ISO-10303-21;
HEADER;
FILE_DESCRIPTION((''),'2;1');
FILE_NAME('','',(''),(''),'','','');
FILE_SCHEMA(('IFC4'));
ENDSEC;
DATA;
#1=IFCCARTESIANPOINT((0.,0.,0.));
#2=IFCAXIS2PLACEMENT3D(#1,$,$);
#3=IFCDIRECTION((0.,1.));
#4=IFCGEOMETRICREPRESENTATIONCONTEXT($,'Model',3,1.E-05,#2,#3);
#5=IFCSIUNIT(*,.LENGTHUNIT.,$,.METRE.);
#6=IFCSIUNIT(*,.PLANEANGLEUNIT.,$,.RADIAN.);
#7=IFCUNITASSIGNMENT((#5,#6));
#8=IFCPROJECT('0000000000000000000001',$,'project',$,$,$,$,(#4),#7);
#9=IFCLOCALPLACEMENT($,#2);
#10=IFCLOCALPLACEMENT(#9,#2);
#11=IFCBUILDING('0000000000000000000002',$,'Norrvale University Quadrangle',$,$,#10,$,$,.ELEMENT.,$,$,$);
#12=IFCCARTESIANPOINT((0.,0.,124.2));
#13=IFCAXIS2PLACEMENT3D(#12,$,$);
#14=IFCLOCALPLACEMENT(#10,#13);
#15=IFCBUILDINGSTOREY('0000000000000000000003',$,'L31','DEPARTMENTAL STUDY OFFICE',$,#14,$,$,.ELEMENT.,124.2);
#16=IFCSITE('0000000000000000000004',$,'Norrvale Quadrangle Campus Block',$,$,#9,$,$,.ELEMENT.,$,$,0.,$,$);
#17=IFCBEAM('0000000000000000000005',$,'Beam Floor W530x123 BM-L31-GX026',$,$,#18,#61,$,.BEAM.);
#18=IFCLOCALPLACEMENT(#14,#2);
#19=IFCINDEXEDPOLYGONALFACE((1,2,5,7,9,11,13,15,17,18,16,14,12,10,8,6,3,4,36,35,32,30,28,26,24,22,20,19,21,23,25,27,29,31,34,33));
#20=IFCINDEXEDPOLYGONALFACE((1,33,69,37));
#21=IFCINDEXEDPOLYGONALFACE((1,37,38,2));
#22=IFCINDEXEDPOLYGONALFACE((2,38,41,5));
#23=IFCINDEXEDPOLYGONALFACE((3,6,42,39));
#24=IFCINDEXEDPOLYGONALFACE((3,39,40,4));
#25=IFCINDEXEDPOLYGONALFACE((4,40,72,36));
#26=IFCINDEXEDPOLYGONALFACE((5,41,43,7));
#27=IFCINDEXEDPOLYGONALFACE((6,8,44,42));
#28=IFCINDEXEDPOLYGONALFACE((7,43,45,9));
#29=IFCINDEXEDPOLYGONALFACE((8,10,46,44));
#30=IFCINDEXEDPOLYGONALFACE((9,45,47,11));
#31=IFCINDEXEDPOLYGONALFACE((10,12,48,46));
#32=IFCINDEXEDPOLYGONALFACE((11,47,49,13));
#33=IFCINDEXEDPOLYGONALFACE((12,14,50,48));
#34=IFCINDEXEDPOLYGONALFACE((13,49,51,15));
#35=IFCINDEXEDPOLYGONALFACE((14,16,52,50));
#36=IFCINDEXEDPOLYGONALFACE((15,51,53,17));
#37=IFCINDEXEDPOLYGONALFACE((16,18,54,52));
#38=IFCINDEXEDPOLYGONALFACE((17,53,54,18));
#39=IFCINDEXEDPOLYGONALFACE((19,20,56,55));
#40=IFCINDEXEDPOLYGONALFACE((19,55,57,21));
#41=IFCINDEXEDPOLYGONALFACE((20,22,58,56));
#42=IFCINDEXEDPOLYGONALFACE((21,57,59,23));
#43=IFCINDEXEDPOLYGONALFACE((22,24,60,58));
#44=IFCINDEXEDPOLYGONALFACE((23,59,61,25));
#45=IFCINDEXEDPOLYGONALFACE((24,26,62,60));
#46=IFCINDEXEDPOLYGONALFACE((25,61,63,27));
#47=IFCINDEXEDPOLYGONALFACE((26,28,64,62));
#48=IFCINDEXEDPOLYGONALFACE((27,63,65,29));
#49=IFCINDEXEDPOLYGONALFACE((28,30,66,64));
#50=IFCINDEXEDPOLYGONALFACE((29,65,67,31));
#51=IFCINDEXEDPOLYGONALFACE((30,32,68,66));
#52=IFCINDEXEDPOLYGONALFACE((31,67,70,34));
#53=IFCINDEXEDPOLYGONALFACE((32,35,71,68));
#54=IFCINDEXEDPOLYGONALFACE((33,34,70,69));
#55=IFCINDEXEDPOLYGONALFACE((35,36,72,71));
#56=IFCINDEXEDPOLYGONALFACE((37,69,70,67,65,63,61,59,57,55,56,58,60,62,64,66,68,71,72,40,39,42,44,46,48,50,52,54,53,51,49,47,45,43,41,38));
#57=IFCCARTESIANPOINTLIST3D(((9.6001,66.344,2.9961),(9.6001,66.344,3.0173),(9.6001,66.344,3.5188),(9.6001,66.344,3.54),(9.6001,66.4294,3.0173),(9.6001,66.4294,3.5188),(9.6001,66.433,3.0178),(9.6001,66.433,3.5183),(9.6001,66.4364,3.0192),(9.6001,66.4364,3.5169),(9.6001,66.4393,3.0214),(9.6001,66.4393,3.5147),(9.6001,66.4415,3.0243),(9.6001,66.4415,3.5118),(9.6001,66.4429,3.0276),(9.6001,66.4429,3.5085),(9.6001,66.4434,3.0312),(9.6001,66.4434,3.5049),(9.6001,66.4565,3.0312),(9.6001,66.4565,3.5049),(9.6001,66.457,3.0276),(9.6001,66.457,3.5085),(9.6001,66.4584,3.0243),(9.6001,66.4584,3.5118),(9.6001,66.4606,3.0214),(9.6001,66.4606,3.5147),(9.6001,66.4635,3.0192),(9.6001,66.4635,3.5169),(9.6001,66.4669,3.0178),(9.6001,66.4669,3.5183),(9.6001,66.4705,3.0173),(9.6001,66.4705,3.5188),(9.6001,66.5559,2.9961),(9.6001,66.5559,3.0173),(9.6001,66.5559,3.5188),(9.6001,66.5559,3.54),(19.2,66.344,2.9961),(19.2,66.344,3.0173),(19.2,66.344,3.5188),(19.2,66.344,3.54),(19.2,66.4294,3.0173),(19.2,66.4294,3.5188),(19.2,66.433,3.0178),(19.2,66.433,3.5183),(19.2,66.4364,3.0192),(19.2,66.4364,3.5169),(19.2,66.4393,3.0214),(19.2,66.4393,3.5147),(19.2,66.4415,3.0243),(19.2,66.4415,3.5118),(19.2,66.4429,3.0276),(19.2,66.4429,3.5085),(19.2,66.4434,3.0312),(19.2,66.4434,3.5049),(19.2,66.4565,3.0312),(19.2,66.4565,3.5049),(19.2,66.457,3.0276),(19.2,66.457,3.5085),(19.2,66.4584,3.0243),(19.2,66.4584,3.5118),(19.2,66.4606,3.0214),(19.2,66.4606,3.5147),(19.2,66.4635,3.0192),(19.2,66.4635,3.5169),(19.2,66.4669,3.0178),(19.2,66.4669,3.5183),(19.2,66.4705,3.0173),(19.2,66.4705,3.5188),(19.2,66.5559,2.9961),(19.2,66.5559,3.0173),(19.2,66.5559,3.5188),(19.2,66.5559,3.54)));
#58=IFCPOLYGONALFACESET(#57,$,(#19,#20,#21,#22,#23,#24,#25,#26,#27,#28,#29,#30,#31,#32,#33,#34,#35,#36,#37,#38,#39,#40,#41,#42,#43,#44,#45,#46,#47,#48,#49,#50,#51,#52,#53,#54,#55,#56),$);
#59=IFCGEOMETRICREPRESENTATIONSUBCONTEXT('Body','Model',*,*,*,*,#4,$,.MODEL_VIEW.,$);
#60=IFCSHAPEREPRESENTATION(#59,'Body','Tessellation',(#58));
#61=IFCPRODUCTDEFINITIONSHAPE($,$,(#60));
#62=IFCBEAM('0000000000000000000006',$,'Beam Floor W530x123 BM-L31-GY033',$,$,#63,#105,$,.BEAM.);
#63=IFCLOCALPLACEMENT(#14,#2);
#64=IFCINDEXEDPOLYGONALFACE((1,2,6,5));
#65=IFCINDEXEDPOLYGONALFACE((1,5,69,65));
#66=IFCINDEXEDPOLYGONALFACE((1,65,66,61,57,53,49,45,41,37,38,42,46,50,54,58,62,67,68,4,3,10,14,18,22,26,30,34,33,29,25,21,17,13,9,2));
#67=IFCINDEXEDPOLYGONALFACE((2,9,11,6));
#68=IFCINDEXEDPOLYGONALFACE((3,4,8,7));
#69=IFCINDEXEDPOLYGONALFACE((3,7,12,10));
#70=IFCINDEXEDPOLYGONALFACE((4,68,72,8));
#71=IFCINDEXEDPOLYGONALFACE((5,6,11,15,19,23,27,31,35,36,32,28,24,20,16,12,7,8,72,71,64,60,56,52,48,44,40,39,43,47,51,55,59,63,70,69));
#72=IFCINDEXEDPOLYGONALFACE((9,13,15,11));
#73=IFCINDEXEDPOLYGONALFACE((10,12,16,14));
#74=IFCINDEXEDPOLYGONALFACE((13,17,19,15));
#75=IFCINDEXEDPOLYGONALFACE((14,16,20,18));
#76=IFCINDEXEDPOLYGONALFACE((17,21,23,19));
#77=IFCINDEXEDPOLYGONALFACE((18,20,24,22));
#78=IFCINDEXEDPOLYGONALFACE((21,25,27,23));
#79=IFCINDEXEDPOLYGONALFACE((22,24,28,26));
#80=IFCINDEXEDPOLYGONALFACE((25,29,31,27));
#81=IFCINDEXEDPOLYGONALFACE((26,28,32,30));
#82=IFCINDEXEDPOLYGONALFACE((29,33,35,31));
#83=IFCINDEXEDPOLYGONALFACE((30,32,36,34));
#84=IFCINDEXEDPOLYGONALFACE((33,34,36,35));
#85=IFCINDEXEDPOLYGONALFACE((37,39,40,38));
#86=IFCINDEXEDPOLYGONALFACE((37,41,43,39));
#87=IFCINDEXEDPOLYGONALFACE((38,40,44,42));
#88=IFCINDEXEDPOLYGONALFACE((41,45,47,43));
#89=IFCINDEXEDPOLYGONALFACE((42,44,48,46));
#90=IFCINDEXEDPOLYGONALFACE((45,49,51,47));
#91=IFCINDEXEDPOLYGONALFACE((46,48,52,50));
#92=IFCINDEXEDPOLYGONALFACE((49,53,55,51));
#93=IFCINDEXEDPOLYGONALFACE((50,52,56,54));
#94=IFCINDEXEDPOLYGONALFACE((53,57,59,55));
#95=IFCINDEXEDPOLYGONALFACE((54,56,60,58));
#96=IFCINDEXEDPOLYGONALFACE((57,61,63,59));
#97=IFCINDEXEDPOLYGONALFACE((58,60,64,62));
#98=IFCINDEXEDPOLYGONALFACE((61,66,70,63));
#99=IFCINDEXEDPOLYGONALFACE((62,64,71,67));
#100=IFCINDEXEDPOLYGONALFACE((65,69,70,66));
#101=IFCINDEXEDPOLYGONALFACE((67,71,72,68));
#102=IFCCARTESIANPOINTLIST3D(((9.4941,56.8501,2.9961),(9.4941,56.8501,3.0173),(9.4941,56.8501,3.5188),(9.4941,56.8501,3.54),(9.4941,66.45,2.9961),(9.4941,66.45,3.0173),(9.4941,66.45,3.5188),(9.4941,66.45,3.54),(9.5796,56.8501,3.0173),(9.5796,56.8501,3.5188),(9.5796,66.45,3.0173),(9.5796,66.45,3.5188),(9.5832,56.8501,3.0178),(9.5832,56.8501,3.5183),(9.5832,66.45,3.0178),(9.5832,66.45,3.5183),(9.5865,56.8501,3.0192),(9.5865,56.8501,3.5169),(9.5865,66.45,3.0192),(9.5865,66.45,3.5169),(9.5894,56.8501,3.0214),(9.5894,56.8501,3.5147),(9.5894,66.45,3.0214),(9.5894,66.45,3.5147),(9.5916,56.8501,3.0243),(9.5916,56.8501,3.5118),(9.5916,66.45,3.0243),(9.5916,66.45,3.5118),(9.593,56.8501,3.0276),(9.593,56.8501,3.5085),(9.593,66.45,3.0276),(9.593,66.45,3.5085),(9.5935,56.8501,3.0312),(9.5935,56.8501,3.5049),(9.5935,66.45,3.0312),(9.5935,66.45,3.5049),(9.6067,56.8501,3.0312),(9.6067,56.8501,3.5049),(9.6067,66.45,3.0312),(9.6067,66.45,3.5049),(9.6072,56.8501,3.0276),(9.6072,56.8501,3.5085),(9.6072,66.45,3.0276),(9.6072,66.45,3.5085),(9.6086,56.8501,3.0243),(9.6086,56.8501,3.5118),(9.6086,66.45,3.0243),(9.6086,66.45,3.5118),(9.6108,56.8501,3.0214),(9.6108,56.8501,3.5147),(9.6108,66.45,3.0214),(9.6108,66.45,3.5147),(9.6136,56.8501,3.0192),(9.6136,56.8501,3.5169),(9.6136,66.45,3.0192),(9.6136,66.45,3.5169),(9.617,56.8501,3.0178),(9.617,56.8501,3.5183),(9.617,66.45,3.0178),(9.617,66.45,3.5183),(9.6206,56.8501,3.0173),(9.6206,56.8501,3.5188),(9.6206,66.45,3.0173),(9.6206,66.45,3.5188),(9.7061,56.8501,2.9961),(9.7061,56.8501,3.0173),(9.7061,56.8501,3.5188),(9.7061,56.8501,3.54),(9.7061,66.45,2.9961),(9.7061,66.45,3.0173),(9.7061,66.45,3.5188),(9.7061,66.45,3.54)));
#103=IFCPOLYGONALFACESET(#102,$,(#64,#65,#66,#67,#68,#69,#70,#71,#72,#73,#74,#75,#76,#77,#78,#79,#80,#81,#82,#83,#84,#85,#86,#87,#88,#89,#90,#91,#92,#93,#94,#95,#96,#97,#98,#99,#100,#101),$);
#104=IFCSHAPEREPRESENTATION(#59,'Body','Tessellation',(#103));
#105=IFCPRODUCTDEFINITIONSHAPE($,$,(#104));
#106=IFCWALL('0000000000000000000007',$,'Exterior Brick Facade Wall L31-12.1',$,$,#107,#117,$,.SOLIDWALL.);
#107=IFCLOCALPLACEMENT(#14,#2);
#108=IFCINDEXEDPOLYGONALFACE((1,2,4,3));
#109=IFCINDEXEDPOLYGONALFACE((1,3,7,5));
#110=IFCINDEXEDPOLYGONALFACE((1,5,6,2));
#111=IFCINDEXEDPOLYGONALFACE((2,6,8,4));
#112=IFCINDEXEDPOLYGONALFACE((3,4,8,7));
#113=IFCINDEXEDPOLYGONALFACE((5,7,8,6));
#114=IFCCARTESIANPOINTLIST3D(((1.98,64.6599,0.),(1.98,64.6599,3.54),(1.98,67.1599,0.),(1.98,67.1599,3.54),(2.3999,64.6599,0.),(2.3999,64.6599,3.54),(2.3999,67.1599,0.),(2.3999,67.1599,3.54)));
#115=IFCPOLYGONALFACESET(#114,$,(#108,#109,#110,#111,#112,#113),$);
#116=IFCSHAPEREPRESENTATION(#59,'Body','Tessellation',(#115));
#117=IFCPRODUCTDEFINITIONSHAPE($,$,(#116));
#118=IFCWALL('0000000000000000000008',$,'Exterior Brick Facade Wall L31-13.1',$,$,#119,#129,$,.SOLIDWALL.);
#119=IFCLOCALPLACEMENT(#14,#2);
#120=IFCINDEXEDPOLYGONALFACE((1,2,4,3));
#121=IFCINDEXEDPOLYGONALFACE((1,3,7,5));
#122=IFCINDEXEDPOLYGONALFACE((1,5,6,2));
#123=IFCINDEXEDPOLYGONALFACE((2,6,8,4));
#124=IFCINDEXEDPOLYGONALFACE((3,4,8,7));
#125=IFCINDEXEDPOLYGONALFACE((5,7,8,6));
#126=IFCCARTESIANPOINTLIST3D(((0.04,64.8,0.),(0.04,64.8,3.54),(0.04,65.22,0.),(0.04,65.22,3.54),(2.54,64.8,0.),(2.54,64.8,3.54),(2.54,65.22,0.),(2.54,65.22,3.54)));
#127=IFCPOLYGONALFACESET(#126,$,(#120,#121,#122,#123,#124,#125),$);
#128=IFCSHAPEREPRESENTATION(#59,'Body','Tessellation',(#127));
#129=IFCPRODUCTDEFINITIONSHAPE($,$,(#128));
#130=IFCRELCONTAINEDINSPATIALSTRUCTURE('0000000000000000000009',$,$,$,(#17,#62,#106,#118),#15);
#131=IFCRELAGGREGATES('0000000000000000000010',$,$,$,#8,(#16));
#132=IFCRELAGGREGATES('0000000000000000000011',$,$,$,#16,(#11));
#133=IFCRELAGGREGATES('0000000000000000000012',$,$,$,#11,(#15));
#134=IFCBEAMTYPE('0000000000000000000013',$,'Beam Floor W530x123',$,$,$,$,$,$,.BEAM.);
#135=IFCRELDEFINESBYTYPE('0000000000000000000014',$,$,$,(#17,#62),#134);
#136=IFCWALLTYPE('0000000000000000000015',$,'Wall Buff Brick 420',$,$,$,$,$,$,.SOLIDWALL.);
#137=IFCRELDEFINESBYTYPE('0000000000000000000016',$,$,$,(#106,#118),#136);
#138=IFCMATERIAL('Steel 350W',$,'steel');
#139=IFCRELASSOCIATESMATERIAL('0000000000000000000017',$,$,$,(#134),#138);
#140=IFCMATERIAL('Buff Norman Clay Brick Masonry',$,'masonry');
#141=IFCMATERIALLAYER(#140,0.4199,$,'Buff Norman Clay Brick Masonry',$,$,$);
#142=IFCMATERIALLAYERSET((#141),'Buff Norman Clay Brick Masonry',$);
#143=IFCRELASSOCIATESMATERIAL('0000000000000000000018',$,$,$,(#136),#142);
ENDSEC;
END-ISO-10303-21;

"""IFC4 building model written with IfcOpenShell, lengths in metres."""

from ifc_helpers import new_model, si_unit, direction, frame, frame_2d, origin, origin_2d, place, context, subcontext, project, spatial, rectangle, i_section, extrude, material, layer, layer_set, material_profile, profile_set, type_object, element, save


model = new_model("IFC4")

# Units and contexts
model_context = context("Model", 3, precision=1e-05, world=origin(), true_north=direction((0.0, 1.0)))
body_context = subcontext(model_context, "Body", "Model", "MODEL_VIEW")
ifc_project = project(units=[si_unit("LENGTHUNIT", "METRE"), si_unit("PLANEANGLEUNIT", "RADIAN")], contexts=[model_context])

# Site, building, storey
site_placement = place(None, origin())
site = spatial("IfcSite", under=ifc_project, at=site_placement, Name="Norrvale Quadrangle Campus Block", CompositionType="ELEMENT", RefElevation=0.0)
building_placement = place(site_placement, origin())
building = spatial("IfcBuilding", under=site, at=building_placement, Name="Norrvale University Quadrangle", CompositionType="ELEMENT")
storey_placement = place(building_placement, frame((0.0, 0.0, 124.2)))
storey = spatial("IfcBuildingStorey", under=building, at=storey_placement, Name="L31", Description="DEPARTMENTAL STUDY OFFICE", CompositionType="ELEMENT", Elevation=124.2)

# Beams
ifc_material_1 = material(Name="Steel 350W", Category="steel")
ifc_material_profile_1 = material_profile(ifc_material_1, i_section(OverallWidth=0.2119, OverallDepth=0.5439, WebThickness=0.0132, FlangeThickness=0.0212, FilletRadius=0.0139, at=origin_2d()), Name="Steel 350W")
ifc_profile_set_1 = profile_set([ifc_material_profile_1], Name="Steel 350W")
beam_type_1 = type_object("IfcBeamType", Name="Beam Floor W530x123", PredefinedType="BEAM", material=ifc_profile_set_1)
for number, where, z_axis, x_axis, name in (
    (1, (9.6001, 66.45, 3.2681), (1.0, 0.0, 0.0), (0.0, 1.0, 0.0), "Beam Floor W530x123 BM-L31-GX026"),
    (2, (9.6001, 56.8501, 3.2681), (0.0, 1.0, 0.0), (-1.0, 0.0, 0.0), "Beam Floor W530x123 BM-L31-GY033"),
):
    element("IfcBeam", number, at=place(storey_placement, frame(where, z_axis=z_axis, x_axis=x_axis)), inside=storey, type_object=beam_type_1, Name=name, PredefinedType="BEAM", context=body_context, shape_type="SweptSolid", body=[
        extrude(i_section(OverallWidth=0.2119, OverallDepth=0.5439, WebThickness=0.0132, FlangeThickness=0.0212, FilletRadius=0.0139, at=origin_2d()), origin(), (0.0, 0.0, 1.0), 9.5999),
    ])

# Walls
ifc_material_2 = material(Name="Buff Norman Clay Brick Masonry", Category="masonry")
ifc_layer = layer(ifc_material_2, 0.4199, Name="Buff Norman Clay Brick Masonry")
ifc_layer_set = layer_set([ifc_layer], Name="Buff Norman Clay Brick Masonry")
wall_type = type_object("IfcWallType", Name="Wall Buff Brick 420", PredefinedType="SOLIDWALL", material=ifc_layer_set)
for number, where, z_axis, x_axis, name in (
    (3, (2.1899, 67.1599, 0.0), (0.0, 0.0, 1.0), (0.0, -1.0, 0.0), "Exterior Brick Facade Wall L31-12.1"),
    (4, (2.54, 65.01, 0.0), (0.0, 0.0, 1.0), (-1.0, 0.0, 0.0), "Exterior Brick Facade Wall L31-13.1"),
):
    element("IfcWall", number, at=place(storey_placement, frame(where, z_axis=z_axis, x_axis=x_axis)), inside=storey, type_object=wall_type, Name=name, PredefinedType="SOLIDWALL", context=body_context, shape_type="SweptSolid", body=[
        extrude(rectangle(XDim=2.5, YDim=0.4199, at=frame_2d((1.25, 0.0))), origin(), (0.0, 0.0, 1.0), 3.54),
    ])

save(model, "model.ifc")
